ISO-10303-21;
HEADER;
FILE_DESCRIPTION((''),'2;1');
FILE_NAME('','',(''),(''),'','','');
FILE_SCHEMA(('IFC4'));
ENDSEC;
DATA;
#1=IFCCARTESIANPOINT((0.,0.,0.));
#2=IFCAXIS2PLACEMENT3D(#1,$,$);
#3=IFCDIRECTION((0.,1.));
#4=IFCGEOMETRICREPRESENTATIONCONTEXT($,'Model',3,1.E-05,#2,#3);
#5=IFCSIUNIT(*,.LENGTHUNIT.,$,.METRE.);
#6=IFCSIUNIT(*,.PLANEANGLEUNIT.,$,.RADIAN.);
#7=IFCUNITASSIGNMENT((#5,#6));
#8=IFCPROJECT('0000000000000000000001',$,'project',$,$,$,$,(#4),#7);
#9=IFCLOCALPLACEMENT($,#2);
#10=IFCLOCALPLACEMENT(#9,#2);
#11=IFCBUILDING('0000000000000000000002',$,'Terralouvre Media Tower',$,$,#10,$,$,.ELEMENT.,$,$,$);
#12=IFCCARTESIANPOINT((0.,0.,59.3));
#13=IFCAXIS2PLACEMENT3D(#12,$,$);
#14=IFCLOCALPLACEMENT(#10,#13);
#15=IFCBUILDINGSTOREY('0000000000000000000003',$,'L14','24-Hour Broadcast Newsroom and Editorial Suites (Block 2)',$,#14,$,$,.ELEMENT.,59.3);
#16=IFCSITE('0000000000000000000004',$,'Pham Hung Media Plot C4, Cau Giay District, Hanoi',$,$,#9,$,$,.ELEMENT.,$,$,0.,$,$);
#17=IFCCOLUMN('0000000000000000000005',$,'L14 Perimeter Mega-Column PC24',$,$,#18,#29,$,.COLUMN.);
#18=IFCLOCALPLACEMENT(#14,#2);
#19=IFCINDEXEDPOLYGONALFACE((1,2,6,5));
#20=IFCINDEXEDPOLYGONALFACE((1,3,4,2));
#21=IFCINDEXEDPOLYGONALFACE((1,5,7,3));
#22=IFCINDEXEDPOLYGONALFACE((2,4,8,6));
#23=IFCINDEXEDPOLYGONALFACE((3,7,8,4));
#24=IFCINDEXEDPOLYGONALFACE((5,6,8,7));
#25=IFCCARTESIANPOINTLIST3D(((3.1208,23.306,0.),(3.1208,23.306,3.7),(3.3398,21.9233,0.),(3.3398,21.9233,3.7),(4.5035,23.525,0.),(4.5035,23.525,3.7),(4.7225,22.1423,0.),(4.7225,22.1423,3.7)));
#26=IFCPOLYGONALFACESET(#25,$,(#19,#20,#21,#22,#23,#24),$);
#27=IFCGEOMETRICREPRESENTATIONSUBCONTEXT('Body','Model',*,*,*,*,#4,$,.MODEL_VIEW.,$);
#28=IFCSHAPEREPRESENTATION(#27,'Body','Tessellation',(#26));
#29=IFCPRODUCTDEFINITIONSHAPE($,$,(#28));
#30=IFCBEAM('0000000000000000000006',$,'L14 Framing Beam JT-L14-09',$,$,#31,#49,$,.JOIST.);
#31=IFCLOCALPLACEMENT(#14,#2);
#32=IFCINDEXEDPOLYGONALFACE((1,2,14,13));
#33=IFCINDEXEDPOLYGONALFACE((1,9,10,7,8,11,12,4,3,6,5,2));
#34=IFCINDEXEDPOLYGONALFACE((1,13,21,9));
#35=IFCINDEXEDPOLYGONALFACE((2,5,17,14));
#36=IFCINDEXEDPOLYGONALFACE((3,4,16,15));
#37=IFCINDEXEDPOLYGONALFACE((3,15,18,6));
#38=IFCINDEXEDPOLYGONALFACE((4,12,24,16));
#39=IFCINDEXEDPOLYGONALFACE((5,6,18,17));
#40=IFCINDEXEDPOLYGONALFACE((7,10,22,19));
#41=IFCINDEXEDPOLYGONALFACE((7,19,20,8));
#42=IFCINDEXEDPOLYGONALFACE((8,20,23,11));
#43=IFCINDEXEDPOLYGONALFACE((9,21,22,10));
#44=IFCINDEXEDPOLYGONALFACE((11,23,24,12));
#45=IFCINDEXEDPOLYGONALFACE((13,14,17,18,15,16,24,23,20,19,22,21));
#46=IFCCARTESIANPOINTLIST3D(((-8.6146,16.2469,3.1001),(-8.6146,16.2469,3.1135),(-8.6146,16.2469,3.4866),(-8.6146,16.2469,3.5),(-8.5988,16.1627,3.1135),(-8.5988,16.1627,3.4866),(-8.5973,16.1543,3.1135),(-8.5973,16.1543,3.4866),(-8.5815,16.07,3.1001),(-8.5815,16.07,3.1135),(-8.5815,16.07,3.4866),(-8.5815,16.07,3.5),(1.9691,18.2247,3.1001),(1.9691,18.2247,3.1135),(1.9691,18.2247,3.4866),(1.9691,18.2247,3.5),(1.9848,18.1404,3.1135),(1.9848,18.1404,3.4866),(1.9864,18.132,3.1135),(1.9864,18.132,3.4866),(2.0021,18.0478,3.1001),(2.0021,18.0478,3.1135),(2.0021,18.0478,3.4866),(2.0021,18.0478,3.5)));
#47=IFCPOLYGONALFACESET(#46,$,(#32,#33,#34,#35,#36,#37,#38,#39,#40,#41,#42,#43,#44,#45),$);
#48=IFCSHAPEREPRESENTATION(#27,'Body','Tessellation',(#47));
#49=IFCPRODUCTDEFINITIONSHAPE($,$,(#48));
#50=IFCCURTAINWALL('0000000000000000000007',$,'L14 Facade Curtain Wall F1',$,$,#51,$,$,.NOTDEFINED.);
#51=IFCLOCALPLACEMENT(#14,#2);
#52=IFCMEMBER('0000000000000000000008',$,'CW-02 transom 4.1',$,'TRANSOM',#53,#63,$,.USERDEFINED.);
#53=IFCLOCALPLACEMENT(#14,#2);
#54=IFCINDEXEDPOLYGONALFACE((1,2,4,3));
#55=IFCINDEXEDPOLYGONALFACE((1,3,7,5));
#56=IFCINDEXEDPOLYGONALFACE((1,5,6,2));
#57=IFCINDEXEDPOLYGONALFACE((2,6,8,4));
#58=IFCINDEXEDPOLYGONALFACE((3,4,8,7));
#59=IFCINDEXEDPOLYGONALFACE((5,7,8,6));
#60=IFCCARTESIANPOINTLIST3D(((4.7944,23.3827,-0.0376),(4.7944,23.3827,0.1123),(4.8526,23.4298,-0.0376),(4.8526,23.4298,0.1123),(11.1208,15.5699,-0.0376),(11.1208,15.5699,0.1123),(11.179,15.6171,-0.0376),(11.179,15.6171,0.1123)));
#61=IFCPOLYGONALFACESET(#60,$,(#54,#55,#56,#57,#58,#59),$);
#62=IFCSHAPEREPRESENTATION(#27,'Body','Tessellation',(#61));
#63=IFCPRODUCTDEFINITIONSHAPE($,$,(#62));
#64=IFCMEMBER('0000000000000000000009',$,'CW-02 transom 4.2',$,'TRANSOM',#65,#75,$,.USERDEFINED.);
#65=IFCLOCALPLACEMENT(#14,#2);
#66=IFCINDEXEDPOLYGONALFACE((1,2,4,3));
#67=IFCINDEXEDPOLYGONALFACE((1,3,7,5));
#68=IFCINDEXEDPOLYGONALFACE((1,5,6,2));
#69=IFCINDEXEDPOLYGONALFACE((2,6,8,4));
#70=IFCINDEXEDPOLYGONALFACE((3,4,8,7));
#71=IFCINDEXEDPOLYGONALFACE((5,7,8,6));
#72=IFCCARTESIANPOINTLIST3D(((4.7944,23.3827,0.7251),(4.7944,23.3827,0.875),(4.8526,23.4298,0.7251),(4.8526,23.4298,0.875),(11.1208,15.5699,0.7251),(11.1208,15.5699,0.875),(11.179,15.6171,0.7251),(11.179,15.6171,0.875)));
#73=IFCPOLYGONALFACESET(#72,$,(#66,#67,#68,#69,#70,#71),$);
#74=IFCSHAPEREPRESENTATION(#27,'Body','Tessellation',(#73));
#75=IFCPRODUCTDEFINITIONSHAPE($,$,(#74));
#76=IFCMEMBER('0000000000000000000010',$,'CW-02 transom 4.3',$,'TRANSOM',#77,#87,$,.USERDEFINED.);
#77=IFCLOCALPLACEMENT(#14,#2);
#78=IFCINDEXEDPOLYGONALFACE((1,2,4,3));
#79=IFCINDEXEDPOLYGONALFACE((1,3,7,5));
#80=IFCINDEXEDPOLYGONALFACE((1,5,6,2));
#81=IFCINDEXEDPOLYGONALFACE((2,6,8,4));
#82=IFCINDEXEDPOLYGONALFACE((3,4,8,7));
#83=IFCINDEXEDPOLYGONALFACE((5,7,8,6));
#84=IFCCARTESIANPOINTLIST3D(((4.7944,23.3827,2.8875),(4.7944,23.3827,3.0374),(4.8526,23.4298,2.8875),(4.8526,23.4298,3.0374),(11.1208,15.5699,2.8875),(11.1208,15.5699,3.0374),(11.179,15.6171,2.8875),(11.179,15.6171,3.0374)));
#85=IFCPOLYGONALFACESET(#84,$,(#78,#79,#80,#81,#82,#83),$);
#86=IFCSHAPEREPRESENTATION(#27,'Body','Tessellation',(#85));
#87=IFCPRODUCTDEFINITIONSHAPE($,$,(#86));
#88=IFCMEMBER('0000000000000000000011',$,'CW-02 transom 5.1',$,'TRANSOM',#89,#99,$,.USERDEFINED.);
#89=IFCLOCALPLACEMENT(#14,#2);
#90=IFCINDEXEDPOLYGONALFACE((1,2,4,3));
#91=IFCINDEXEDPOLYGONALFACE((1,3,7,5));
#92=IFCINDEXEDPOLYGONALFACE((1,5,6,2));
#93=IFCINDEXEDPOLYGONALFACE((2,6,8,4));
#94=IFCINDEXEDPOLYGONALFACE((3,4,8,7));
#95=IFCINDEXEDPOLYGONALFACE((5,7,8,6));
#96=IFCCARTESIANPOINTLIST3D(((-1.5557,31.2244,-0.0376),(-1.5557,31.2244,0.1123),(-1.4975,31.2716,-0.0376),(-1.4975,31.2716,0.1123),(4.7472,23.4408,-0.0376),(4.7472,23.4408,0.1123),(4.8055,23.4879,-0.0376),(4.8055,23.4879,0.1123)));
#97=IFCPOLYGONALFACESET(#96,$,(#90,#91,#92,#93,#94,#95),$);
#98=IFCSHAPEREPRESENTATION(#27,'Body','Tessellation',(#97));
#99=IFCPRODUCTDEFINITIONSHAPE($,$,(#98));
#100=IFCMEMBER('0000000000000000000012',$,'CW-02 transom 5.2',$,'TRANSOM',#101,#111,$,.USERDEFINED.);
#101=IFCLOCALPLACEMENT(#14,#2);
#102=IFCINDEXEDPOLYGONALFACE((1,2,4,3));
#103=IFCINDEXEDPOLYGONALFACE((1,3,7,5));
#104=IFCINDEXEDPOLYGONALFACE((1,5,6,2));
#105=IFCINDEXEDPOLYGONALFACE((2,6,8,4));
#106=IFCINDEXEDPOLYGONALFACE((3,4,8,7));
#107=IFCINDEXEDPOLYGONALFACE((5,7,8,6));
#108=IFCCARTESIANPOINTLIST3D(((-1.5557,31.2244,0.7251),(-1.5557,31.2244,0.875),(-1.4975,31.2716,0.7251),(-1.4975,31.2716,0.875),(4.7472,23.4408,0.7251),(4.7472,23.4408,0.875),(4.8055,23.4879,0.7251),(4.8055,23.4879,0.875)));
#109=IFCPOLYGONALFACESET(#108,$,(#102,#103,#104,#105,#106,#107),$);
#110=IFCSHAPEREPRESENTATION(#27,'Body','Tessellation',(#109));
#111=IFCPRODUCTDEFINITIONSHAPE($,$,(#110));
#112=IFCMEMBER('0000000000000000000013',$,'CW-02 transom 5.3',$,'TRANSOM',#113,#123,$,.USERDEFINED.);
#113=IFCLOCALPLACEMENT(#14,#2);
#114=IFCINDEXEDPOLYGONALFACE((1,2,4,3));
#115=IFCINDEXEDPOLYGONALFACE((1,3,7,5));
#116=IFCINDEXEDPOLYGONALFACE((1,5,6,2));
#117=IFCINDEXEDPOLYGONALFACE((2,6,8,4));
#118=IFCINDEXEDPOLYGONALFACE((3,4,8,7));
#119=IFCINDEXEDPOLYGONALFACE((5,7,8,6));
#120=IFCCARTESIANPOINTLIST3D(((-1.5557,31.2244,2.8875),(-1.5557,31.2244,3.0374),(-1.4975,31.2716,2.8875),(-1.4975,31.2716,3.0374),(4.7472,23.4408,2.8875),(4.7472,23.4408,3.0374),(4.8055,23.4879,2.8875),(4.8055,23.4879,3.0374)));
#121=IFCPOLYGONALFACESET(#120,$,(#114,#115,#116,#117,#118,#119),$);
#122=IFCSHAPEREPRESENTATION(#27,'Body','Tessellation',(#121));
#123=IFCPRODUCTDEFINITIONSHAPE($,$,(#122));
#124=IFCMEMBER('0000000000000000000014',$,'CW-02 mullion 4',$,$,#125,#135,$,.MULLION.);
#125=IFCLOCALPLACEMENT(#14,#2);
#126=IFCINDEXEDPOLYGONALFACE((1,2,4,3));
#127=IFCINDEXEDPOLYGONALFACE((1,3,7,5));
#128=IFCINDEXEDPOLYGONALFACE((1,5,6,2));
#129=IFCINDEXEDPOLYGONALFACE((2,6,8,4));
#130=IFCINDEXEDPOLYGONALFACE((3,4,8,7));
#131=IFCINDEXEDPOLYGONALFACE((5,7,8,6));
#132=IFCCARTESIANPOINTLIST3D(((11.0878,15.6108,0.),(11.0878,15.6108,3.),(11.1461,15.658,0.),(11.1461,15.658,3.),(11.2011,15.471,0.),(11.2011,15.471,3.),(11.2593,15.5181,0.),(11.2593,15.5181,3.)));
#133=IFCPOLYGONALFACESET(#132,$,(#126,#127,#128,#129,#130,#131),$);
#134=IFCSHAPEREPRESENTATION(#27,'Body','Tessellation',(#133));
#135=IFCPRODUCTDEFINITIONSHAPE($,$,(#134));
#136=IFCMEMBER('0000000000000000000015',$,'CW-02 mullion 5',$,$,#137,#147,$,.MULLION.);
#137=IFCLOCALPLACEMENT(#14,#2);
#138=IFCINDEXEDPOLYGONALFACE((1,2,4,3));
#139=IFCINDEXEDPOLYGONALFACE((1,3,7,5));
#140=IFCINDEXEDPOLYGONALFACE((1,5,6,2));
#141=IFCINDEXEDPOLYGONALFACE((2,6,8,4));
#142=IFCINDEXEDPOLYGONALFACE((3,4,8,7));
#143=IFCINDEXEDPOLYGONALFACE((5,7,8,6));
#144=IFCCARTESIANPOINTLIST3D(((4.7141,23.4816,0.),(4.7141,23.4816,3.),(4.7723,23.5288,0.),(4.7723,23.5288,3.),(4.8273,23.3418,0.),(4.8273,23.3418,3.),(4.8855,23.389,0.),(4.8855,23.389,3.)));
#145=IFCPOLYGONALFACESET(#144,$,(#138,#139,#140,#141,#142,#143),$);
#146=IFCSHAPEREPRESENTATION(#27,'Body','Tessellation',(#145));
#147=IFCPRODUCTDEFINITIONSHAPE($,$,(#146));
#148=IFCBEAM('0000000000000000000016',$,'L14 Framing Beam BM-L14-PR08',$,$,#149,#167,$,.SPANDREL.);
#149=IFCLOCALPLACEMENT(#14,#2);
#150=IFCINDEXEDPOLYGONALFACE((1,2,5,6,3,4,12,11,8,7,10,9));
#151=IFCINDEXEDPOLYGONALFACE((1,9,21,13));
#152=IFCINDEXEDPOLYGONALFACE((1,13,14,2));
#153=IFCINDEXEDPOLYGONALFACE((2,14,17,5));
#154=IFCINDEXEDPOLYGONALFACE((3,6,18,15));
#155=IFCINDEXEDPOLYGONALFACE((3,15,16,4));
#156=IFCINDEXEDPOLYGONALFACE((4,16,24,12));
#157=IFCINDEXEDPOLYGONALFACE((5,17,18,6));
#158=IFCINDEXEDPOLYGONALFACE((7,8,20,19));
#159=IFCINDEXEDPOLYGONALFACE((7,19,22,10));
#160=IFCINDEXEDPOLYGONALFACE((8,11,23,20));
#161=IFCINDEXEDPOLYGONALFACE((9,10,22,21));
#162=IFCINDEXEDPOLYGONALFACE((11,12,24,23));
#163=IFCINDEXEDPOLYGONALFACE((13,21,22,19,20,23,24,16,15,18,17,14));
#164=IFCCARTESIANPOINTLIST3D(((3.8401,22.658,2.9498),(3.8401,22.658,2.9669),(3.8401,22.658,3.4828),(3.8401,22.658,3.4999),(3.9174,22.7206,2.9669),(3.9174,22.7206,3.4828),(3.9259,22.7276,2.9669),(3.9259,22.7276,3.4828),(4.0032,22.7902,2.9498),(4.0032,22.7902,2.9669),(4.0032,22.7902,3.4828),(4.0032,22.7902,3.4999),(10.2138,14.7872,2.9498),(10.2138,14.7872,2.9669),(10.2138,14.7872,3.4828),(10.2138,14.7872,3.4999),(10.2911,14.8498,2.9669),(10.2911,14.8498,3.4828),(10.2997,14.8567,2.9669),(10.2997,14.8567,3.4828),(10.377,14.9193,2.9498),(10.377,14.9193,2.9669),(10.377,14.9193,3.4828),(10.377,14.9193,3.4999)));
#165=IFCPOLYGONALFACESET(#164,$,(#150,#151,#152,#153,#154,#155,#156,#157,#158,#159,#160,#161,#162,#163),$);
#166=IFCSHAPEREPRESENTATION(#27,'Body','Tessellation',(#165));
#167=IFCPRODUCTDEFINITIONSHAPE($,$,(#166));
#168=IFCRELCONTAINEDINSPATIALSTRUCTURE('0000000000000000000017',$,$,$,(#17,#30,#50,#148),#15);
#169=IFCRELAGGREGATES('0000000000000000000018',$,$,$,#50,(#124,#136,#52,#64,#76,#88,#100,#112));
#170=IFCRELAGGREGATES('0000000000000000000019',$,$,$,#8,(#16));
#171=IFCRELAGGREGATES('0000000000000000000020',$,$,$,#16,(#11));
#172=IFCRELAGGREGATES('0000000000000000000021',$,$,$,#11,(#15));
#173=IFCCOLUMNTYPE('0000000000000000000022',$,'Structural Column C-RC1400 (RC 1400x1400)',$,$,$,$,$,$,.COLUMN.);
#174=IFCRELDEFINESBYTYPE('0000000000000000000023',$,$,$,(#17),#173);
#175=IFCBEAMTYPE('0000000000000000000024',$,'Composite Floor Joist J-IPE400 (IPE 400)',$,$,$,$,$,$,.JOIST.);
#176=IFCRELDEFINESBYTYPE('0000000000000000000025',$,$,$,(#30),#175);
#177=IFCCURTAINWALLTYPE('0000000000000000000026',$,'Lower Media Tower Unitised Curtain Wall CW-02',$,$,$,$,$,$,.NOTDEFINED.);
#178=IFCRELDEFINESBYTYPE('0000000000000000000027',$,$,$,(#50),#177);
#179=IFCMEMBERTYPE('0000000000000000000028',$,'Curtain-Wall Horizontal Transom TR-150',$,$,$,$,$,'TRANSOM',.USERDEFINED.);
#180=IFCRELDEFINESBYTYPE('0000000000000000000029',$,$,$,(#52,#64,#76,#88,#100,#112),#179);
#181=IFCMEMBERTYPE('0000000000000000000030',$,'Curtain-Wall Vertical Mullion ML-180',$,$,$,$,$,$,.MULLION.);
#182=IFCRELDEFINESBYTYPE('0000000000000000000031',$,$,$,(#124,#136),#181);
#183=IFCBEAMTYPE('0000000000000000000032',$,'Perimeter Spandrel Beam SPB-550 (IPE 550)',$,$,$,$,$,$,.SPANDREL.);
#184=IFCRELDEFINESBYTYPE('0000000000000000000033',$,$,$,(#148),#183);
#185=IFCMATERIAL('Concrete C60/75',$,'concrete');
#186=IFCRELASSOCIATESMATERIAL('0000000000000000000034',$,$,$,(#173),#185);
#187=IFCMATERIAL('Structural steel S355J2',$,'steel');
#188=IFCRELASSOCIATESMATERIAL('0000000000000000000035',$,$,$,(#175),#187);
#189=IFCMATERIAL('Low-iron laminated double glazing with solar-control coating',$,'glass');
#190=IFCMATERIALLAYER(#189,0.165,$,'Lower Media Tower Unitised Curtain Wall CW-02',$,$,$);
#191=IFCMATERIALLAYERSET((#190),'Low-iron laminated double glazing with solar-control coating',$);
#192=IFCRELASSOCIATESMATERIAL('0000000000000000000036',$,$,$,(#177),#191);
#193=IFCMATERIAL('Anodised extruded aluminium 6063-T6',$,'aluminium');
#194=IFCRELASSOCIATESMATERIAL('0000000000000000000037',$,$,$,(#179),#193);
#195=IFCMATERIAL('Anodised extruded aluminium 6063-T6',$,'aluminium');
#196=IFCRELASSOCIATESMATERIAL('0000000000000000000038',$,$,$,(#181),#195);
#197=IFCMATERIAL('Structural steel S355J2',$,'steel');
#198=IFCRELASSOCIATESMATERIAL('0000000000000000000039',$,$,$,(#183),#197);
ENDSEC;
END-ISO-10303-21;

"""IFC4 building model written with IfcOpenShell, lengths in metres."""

from ifc_helpers import new_model, si_unit, direction, frame, origin, origin_2d, place, context, subcontext, project, spatial, rectangle, i_section, extrude, material, layer, layer_set, material_profile, profile_set, type_object, element, aggregate, save


model = new_model("IFC4")

# Units and contexts
model_context = context("Model", 3, precision=1e-05, world=origin(), true_north=direction((0.0, 1.0)))
body_context = subcontext(model_context, "Body", "Model", "MODEL_VIEW")
ifc_project = project(units=[si_unit("LENGTHUNIT", "METRE"), si_unit("PLANEANGLEUNIT", "RADIAN")], contexts=[model_context])

# Site, building, storey
site_placement = place(None, origin())
site = spatial("IfcSite", under=ifc_project, at=site_placement, Name="Pham Hung Media Plot C4, Cau Giay District, Hanoi", CompositionType="ELEMENT", RefElevation=0.0)
building_placement = place(site_placement, origin())
building = spatial("IfcBuilding", under=site, at=building_placement, Name="Terralouvre Media Tower", CompositionType="ELEMENT")
storey_placement = place(building_placement, frame((0.0, 0.0, 59.3)))
storey = spatial("IfcBuildingStorey", under=building, at=storey_placement, Name="L14", Description="24-Hour Broadcast Newsroom and Editorial Suites (Block 2)", CompositionType="ELEMENT", Elevation=59.3)

# Column
ifc_material_1 = material(Name="Concrete C60/75", Category="concrete")
ifc_material_profile_1 = material_profile(ifc_material_1, rectangle(XDim=1.3999, YDim=1.3999, at=origin_2d()), Name="RC 1400x1400")
ifc_profile_set_1 = profile_set([ifc_material_profile_1], Name="Concrete C60/75")
column_type = type_object("IfcColumnType", Name="Structural Column C-RC1400 (RC 1400x1400)", PredefinedType="COLUMN", material=ifc_profile_set_1)
column_placement = place(storey_placement, frame((3.9216, 22.7241, 0.0), z_axis=(0.0, 0.0, 1.0), x_axis=(0.987688, 0.156434, 0.0)))
element("IfcColumn", 1, at=column_placement, inside=storey, type_object=column_type, Name="L14 Perimeter Mega-Column PC24", PredefinedType="COLUMN", context=body_context, shape_type="SweptSolid", body=[
    extrude(rectangle(XDim=1.3999, YDim=1.3999, at=origin_2d()), origin(), (0.0, 0.0, 1.0), 3.7),
])

# Beam
ifc_material_2 = material(Name="Structural steel S355J2", Category="steel")
ifc_material_profile_2 = material_profile(ifc_material_2, i_section(OverallWidth=0.1799, OverallDepth=0.3999, WebThickness=0.0085, FlangeThickness=0.0134, at=origin_2d()), Name="IPE 400")
ifc_profile_set_2 = profile_set([ifc_material_profile_2], Name="Structural steel S355J2")
beam_type_1 = type_object("IfcBeamType", Name="Composite Floor Joist J-IPE400 (IPE 400)", PredefinedType="JOIST", material=ifc_profile_set_2)
beam_1_placement = place(storey_placement, frame((1.9856, 18.1362, 3.3), z_axis=(-0.982984, -0.18369, 0.0), x_axis=(0.18369, -0.982984, 0.0)))
element("IfcBeam", 2, at=beam_1_placement, inside=storey, type_object=beam_type_1, Name="L14 Framing Beam JT-L14-09", PredefinedType="JOIST", context=body_context, shape_type="SweptSolid", body=[
    extrude(i_section(OverallWidth=0.1799, OverallDepth=0.3999, WebThickness=0.0085, FlangeThickness=0.0134, at=origin_2d()), origin(), (0.0, 0.0, 1.0), 10.7668),
])

# Curtain wall, members
ifc_material_3 = material(Name="Low-iron laminated double glazing with solar-control coating", Category="glass")
ifc_layer_1 = layer(ifc_material_3, 0.165, Name="Lower Media Tower Unitised Curtain Wall CW-02")
ifc_layer_set_1 = layer_set([ifc_layer_1], Name="Low-iron laminated double glazing with solar-control coating")
curtain_wall_type = type_object("IfcCurtainWallType", Name="Lower Media Tower Unitised Curtain Wall CW-02", PredefinedType="NOTDEFINED", material=ifc_layer_set_1)
curtain_wall_placement = place(storey_placement, origin())
curtain_wall = element("IfcCurtainWall", 3, at=curtain_wall_placement, inside=storey, type_object=curtain_wall_type, Name="L14 Facade Curtain Wall F1", PredefinedType="NOTDEFINED")
ifc_material_4 = material(Name="Anodised extruded aluminium 6063-T6", Category="aluminium")
ifc_material_profile_3 = material_profile(ifc_material_4, rectangle(XDim=0.075, YDim=0.1499, at=origin_2d()), Name="ALU 75x150")
ifc_profile_set_3 = profile_set([ifc_material_profile_3], Name="Anodised extruded aluminium 6063-T6")
member_type_1 = type_object("IfcMemberType", Name="Curtain-Wall Horizontal Transom TR-150", ElementType="TRANSOM", PredefinedType="USERDEFINED", material=ifc_profile_set_3)
member_1_placement = place(storey_placement, frame((11.1499, 15.5935, 0.0374), z_axis=(-0.629307, 0.777157, 0.0), x_axis=(-0.777157, -0.629307, 0.0)))
member_1 = element("IfcMember", 4, at=member_1_placement, type_object=member_type_1, Name="CW-02 transom 4.1", ObjectType="TRANSOM", PredefinedType="USERDEFINED", context=body_context, shape_type="SweptSolid", body=[
    extrude(rectangle(XDim=0.075, YDim=0.1499, at=origin_2d()), origin(), (0.0, 0.0, 1.0), 10.053),
])
member_2_placement = place(storey_placement, frame((11.1499, 15.5935, 0.8), z_axis=(-0.629307, 0.777157, 0.0), x_axis=(-0.777157, -0.629307, 0.0)))
member_2 = element("IfcMember", 5, at=member_2_placement, type_object=member_type_1, Name="CW-02 transom 4.2", ObjectType="TRANSOM", PredefinedType="USERDEFINED", context=body_context, shape_type="SweptSolid", body=[
    extrude(rectangle(XDim=0.075, YDim=0.1499, at=origin_2d()), origin(), (0.0, 0.0, 1.0), 10.053),
])
member_3_placement = place(storey_placement, frame((11.1499, 15.5935, 2.9624), z_axis=(-0.629307, 0.777157, 0.0), x_axis=(-0.777157, -0.629307, 0.0)))
member_3 = element("IfcMember", 6, at=member_3_placement, type_object=member_type_1, Name="CW-02 transom 4.3", ObjectType="TRANSOM", PredefinedType="USERDEFINED", context=body_context, shape_type="SweptSolid", body=[
    extrude(rectangle(XDim=0.075, YDim=0.1499, at=origin_2d()), origin(), (0.0, 0.0, 1.0), 10.053),
])
member_4_placement = place(storey_placement, frame((4.7764, 23.4644, 0.0374), z_axis=(-0.629313, 0.777152, 0.0), x_axis=(-0.777152, -0.629313, 0.0)))
member_4 = element("IfcMember", 7, at=member_4_placement, type_object=member_type_1, Name="CW-02 transom 5.1", ObjectType="TRANSOM", PredefinedType="USERDEFINED", context=body_context, shape_type="SweptSolid", body=[
    extrude(rectangle(XDim=0.075, YDim=0.1499, at=origin_2d()), origin(), (0.0, 0.0, 1.0), 10.0156),
])
member_5_placement = place(storey_placement, frame((4.7764, 23.4644, 0.8), z_axis=(-0.629313, 0.777152, 0.0), x_axis=(-0.777152, -0.629313, 0.0)))
member_5 = element("IfcMember", 8, at=member_5_placement, type_object=member_type_1, Name="CW-02 transom 5.2", ObjectType="TRANSOM", PredefinedType="USERDEFINED", context=body_context, shape_type="SweptSolid", body=[
    extrude(rectangle(XDim=0.075, YDim=0.1499, at=origin_2d()), origin(), (0.0, 0.0, 1.0), 10.0156),
])
member_6_placement = place(storey_placement, frame((4.7764, 23.4644, 2.9624), z_axis=(-0.629313, 0.777152, 0.0), x_axis=(-0.777152, -0.629313, 0.0)))
member_6 = element("IfcMember", 9, at=member_6_placement, type_object=member_type_1, Name="CW-02 transom 5.3", ObjectType="TRANSOM", PredefinedType="USERDEFINED", context=body_context, shape_type="SweptSolid", body=[
    extrude(rectangle(XDim=0.075, YDim=0.1499, at=origin_2d()), origin(), (0.0, 0.0, 1.0), 10.0156),
])
ifc_material_5 = material(Name="Anodised extruded aluminium 6063-T6", Category="aluminium")
ifc_material_profile_4 = material_profile(ifc_material_5, rectangle(XDim=0.075, YDim=0.1799, at=origin_2d()), Name="ALU 75x180")
ifc_profile_set_4 = profile_set([ifc_material_profile_4], Name="Anodised extruded aluminium 6063-T6")
member_type_2 = type_object("IfcMemberType", Name="Curtain-Wall Vertical Mullion ML-180", PredefinedType="MULLION", material=ifc_profile_set_4)
member_7_placement = place(storey_placement, frame((11.1736, 15.5645, 0.0), z_axis=(0.0, 0.0, 1.0), x_axis=(-0.777146, -0.62932, 0.0)))
member_7 = element("IfcMember", 10, at=member_7_placement, type_object=member_type_2, Name="CW-02 mullion 4", PredefinedType="MULLION", context=body_context, shape_type="SweptSolid", body=[
    extrude(rectangle(XDim=0.075, YDim=0.1799, at=origin_2d()), origin(), (0.0, 0.0, 1.0), 3.0),
])
member_8_placement = place(storey_placement, frame((4.7998, 23.4353, 0.0), z_axis=(0.0, 0.0, 1.0), x_axis=(-0.777146, -0.62932, 0.0)))
member_8 = element("IfcMember", 11, at=member_8_placement, type_object=member_type_2, Name="CW-02 mullion 5", PredefinedType="MULLION", context=body_context, shape_type="SweptSolid", body=[
    extrude(rectangle(XDim=0.075, YDim=0.1799, at=origin_2d()), origin(), (0.0, 0.0, 1.0), 3.0),
])

# Beam
ifc_material_6 = material(Name="Structural steel S355J2", Category="steel")
ifc_material_profile_5 = material_profile(ifc_material_6, i_section(OverallWidth=0.21, OverallDepth=0.55, WebThickness=0.011, FlangeThickness=0.0171, at=origin_2d()), Name="IPE 550")
ifc_profile_set_5 = profile_set([ifc_material_profile_5], Name="Structural steel S355J2")
beam_type_2 = type_object("IfcBeamType", Name="Perimeter Spandrel Beam SPB-550 (IPE 550)", PredefinedType="SPANDREL", material=ifc_profile_set_5)
beam_2_placement = place(storey_placement, frame((10.2954, 14.8533, 3.2249), z_axis=(-0.629326, 0.777142, 0.0), x_axis=(-0.777142, -0.629326, 0.0)))
element("IfcBeam", 12, at=beam_2_placement, inside=storey, type_object=beam_type_2, Name="L14 Framing Beam BM-L14-PR08", PredefinedType="SPANDREL", context=body_context, shape_type="SweptSolid", body=[
    extrude(i_section(OverallWidth=0.21, OverallDepth=0.55, WebThickness=0.011, FlangeThickness=0.0171, at=origin_2d()), origin(), (0.0, 0.0, 1.0), 10.1279),
])

aggregate(curtain_wall, [member_7, member_8, member_1, member_2, member_3, member_4, member_5, member_6])

save(model, "model.ifc")
